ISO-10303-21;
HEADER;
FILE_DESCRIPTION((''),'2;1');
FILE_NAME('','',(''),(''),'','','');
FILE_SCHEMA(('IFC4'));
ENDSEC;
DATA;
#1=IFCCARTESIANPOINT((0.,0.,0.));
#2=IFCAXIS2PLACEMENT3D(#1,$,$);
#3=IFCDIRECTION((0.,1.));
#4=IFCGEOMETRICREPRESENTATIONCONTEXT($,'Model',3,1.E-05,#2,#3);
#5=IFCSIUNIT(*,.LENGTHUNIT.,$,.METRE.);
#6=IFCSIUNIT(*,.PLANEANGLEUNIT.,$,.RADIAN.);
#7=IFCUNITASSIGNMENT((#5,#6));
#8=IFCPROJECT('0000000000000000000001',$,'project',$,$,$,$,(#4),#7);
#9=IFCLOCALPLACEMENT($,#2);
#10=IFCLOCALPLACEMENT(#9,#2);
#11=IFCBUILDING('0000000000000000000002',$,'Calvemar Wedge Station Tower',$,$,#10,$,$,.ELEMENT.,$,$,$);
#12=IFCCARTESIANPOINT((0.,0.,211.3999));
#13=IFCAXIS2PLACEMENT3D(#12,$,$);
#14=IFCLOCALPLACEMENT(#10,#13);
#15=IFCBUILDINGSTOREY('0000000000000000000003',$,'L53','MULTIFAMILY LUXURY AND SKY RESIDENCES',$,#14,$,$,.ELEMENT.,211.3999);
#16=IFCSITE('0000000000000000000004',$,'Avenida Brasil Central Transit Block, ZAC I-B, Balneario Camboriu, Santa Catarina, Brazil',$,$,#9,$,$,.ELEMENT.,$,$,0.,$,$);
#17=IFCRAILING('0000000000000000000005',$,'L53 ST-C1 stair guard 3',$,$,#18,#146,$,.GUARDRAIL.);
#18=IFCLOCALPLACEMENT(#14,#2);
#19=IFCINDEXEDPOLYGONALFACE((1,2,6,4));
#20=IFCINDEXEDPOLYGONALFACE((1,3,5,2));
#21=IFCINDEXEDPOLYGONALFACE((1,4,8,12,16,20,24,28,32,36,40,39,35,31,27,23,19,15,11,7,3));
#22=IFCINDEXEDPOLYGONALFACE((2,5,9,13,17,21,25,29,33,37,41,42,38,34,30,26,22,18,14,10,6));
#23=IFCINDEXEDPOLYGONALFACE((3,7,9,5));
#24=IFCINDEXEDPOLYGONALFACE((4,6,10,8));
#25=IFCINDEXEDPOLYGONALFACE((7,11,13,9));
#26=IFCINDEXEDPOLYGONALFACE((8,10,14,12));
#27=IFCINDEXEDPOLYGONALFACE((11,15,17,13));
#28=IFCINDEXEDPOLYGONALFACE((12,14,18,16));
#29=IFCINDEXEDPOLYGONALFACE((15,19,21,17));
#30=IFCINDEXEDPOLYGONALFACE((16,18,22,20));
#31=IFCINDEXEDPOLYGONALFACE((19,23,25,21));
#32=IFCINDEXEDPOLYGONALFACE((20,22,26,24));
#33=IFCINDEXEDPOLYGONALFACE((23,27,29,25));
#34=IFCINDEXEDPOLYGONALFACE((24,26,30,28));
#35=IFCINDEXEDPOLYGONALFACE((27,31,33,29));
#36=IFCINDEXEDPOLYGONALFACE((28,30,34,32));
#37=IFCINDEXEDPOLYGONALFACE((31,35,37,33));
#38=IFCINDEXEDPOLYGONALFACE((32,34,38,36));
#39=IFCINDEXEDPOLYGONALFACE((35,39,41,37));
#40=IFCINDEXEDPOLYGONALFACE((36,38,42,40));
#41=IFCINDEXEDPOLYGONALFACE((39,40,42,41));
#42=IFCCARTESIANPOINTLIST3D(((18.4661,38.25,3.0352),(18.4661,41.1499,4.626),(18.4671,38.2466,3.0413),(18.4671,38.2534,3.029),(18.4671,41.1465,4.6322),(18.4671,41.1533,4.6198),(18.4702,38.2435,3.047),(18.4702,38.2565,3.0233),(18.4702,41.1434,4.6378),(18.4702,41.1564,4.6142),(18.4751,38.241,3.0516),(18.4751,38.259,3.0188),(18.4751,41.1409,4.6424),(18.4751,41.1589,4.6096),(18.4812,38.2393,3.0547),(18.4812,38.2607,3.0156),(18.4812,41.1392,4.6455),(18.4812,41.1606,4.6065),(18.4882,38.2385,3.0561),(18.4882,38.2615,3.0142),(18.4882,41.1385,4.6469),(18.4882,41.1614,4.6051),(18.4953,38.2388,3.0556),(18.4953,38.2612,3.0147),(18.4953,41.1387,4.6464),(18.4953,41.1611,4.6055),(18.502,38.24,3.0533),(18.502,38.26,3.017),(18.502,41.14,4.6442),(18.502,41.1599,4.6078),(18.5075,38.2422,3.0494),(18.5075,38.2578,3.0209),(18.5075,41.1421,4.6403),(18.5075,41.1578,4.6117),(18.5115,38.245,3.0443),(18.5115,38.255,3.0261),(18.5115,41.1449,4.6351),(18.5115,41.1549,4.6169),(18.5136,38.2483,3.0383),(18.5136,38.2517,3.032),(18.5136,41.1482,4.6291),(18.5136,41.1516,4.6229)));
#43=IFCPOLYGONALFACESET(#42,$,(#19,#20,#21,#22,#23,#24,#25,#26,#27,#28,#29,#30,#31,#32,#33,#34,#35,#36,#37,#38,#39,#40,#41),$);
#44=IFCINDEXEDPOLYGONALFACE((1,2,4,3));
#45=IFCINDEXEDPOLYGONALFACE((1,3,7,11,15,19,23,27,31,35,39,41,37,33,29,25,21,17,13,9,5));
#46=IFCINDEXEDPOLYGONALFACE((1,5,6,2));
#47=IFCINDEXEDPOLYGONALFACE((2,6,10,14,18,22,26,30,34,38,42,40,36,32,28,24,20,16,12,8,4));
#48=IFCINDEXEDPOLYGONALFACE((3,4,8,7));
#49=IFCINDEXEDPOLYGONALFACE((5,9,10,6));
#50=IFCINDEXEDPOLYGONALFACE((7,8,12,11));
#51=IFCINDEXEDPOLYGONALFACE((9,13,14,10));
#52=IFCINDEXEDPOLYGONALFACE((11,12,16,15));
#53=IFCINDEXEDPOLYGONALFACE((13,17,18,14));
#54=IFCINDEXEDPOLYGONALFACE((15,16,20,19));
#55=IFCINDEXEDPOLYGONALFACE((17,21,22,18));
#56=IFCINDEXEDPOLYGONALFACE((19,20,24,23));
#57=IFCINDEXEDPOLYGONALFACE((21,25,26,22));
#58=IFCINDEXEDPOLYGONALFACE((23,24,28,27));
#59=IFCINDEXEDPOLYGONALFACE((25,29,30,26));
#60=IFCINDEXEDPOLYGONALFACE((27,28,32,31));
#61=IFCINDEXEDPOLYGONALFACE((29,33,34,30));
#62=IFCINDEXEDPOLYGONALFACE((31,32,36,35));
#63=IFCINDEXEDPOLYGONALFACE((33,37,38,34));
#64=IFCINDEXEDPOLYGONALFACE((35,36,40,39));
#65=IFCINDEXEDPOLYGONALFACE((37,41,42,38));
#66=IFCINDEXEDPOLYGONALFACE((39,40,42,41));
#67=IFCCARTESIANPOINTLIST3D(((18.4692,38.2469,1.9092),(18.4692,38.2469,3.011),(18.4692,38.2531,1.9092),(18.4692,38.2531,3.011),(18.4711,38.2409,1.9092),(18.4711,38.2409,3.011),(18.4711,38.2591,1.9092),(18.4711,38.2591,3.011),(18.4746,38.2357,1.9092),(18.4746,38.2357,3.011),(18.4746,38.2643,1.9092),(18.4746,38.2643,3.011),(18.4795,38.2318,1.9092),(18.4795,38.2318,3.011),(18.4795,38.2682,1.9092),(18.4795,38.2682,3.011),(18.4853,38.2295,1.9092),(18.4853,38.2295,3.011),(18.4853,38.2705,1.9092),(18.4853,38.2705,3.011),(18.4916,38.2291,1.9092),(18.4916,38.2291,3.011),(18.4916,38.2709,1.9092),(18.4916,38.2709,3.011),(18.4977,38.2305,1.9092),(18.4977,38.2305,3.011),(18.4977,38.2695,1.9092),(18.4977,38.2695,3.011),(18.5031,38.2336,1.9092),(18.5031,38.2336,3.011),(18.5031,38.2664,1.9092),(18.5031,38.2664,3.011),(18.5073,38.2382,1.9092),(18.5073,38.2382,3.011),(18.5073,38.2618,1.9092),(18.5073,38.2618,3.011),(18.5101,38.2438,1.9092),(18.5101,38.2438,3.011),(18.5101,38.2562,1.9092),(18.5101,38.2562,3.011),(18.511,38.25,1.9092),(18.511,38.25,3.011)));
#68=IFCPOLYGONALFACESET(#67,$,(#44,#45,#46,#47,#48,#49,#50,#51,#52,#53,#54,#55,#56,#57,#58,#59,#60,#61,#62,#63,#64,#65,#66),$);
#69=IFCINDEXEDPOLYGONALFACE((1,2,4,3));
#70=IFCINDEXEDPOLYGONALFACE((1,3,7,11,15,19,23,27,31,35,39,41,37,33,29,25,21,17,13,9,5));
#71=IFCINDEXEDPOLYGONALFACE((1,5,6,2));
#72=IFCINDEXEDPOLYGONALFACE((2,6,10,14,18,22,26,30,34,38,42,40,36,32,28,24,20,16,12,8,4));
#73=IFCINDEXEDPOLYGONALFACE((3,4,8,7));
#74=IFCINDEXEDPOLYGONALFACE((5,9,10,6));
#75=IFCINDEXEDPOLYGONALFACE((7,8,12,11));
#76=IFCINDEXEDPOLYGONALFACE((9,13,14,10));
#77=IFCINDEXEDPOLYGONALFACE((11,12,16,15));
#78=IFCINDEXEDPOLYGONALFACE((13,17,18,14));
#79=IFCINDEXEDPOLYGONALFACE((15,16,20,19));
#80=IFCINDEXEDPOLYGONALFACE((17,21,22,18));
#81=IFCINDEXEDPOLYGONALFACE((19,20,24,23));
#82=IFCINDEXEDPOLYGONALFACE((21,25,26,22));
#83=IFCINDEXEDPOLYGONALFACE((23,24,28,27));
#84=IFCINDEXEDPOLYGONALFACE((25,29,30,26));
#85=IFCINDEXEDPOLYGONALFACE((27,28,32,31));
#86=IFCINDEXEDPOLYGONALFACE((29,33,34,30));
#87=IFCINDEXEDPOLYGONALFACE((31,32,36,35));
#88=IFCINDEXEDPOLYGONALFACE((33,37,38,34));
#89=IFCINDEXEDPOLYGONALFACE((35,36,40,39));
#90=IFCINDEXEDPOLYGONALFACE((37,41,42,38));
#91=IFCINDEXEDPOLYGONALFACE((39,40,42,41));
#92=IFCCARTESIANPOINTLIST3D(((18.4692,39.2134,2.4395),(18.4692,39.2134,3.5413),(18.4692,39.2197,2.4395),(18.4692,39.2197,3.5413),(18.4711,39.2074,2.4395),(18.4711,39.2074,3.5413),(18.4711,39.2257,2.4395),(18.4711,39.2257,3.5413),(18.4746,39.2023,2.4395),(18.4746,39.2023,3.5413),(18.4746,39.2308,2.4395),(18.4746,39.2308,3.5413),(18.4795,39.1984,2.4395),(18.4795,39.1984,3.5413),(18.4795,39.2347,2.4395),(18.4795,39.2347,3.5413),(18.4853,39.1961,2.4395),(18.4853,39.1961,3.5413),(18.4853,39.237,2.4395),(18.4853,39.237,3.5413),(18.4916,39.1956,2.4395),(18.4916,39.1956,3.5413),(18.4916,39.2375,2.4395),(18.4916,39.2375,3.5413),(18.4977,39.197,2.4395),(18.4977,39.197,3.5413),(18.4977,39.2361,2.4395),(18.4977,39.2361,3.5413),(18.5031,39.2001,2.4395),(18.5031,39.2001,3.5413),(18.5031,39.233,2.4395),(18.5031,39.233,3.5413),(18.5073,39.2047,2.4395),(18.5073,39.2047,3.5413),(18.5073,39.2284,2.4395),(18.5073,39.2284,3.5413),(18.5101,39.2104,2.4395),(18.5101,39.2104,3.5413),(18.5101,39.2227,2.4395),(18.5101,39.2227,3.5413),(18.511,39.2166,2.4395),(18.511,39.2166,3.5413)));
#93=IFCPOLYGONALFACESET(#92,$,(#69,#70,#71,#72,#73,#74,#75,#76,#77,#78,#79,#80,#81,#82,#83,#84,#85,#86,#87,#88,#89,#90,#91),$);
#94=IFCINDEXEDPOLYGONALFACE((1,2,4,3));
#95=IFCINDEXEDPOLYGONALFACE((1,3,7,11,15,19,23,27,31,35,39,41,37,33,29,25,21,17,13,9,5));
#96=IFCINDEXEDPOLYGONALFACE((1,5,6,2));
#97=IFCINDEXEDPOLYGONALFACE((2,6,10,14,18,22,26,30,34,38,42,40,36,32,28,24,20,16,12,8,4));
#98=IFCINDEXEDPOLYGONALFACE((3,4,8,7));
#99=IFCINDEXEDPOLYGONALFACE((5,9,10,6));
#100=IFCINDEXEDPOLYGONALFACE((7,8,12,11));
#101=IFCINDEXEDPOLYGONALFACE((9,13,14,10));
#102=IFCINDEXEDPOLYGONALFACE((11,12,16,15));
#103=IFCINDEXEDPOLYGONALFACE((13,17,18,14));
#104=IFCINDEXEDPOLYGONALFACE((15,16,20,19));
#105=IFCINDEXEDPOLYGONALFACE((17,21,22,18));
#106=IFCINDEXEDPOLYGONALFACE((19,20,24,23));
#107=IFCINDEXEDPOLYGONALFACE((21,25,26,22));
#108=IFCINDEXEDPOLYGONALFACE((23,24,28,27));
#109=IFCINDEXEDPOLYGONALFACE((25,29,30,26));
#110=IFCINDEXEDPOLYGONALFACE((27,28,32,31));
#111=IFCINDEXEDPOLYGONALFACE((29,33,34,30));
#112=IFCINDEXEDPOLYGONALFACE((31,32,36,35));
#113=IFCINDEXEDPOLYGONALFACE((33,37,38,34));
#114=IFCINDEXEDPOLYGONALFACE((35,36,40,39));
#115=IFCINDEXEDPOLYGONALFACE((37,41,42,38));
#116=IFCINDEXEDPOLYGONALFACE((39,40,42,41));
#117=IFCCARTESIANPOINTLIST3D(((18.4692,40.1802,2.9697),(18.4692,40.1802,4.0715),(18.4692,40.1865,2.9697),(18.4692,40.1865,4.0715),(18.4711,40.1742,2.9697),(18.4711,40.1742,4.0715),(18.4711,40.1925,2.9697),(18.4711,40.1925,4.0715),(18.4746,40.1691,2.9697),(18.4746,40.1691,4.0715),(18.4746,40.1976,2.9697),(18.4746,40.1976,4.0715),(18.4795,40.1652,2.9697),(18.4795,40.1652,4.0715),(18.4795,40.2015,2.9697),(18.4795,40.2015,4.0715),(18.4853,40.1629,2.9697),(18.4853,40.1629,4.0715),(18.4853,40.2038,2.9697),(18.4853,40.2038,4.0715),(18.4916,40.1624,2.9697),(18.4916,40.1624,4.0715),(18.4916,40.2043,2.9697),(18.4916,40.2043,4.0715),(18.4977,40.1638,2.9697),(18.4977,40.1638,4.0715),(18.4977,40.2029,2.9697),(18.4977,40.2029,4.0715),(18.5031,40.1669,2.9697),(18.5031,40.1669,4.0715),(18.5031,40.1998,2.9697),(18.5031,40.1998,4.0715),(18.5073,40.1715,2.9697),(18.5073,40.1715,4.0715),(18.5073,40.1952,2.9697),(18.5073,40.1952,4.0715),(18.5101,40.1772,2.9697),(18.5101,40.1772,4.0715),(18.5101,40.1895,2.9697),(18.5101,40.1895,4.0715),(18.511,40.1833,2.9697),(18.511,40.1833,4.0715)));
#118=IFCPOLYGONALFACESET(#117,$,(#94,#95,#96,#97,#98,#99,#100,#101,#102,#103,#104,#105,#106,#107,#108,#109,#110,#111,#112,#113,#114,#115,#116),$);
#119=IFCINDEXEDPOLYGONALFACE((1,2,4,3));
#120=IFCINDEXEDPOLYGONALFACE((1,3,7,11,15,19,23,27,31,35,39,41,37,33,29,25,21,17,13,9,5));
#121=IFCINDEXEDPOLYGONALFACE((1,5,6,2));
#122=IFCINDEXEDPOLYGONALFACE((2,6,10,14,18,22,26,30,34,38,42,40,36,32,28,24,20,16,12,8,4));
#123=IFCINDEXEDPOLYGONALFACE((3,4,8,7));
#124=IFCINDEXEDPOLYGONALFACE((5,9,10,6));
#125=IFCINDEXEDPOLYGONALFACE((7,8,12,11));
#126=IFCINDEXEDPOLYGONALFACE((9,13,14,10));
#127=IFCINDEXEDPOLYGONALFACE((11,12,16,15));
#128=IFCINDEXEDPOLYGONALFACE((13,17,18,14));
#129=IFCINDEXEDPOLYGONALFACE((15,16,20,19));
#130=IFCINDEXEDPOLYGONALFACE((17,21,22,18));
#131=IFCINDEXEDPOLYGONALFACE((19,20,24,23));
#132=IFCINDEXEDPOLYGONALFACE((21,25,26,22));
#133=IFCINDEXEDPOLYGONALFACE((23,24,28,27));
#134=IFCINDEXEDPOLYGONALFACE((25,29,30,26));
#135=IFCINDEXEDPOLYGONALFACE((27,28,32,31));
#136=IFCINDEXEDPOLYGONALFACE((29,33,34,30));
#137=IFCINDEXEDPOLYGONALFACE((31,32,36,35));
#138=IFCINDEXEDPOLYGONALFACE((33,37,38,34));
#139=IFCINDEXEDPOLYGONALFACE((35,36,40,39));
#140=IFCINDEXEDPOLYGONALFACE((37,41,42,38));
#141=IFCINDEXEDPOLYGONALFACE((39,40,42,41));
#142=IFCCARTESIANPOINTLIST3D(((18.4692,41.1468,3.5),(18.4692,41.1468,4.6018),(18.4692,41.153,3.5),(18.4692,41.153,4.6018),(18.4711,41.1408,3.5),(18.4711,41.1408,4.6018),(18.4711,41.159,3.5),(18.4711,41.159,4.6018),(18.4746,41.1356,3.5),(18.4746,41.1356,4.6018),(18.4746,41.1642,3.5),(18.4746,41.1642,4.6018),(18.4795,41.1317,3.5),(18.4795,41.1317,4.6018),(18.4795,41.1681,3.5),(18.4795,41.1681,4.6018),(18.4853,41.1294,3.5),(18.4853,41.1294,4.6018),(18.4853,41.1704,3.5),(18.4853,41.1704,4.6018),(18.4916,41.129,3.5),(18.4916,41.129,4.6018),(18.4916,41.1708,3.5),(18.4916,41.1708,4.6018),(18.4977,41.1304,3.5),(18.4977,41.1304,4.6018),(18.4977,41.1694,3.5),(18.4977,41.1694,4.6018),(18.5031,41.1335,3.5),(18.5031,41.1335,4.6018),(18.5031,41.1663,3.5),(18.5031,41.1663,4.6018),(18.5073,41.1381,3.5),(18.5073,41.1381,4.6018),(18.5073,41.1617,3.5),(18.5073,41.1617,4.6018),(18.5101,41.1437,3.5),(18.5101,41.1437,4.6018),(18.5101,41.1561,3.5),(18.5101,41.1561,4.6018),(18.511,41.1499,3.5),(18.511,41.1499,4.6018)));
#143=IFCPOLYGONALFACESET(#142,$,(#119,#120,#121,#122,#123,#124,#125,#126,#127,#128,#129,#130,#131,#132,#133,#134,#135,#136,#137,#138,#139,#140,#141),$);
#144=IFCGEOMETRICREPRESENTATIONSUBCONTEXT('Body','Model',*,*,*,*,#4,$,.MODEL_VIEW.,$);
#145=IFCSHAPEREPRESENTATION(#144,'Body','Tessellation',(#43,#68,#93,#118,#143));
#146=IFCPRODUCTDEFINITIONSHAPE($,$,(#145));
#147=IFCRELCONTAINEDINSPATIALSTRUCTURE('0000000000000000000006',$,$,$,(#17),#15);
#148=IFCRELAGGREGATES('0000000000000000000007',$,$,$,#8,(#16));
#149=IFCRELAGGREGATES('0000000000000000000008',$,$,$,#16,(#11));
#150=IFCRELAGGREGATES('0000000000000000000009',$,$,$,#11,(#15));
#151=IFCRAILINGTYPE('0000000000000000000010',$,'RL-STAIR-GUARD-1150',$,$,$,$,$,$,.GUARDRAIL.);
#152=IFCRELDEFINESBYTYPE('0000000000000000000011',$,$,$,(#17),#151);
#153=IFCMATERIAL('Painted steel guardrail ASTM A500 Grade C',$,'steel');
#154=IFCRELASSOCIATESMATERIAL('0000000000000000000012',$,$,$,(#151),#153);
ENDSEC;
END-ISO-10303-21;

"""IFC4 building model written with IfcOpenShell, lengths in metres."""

from ifc_helpers import new_model, si_unit, direction, frame, origin, origin_2d, place, context, subcontext, project, spatial, circle, extrude, material, type_object, element, save


model = new_model("IFC4")

# Units and contexts
model_context = context("Model", 3, precision=1e-05, world=origin(), true_north=direction((0.0, 1.0)))
body_context = subcontext(model_context, "Body", "Model", "MODEL_VIEW")
ifc_project = project(units=[si_unit("LENGTHUNIT", "METRE"), si_unit("PLANEANGLEUNIT", "RADIAN")], contexts=[model_context])

# Site, building, storey
site_placement = place(None, origin())
site = spatial("IfcSite", under=ifc_project, at=site_placement, Name="Avenida Brasil Central Transit Block, ZAC I-B, Balneario Camboriu, Santa Catarina, Brazil", CompositionType="ELEMENT", RefElevation=0.0)
building_placement = place(site_placement, origin())
building = spatial("IfcBuilding", under=site, at=building_placement, Name="Calvemar Wedge Station Tower", CompositionType="ELEMENT")
storey_placement = place(building_placement, frame((0.0, 0.0, 211.3999)))
storey = spatial("IfcBuildingStorey", under=building, at=storey_placement, Name="L53", Description="MULTIFAMILY LUXURY AND SKY RESIDENCES", CompositionType="ELEMENT", Elevation=211.3999)

# Railing
ifc_material_1 = material(Name="Painted steel guardrail ASTM A500 Grade C", Category="steel")
railing_type_1 = type_object("IfcRailingType", Name="RL-STAIR-GUARD-1150", PredefinedType="GUARDRAIL", material=ifc_material_1)
railing_1_placement = place(storey_placement, frame((18.49, 38.25, 1.9092)))
element("IfcRailing", 1, at=railing_1_placement, inside=storey, type_object=railing_type_1, Name="L53 ST-C1 stair guard 3", PredefinedType="GUARDRAIL", context=body_context, shape_type="SweptSolid", body=[
    extrude(circle(Radius=0.0239, at=origin_2d()), frame((0.0, 0.0, 1.126), z_axis=(0.0, 0.876742, 0.480961), x_axis=(-1.0, 0.0, 0.0)), (0.0, 0.0, 1.0), 3.3076),
    extrude(circle(Radius=0.021, at=origin_2d()), origin(), (0.0, 0.0, 1.0), 1.1018),
    extrude(circle(Radius=0.021, at=origin_2d()), frame((0.0, 0.9666, 0.5303)), (0.0, 0.0, 1.0), 1.1018),
    extrude(circle(Radius=0.021, at=origin_2d()), frame((0.0, 1.9333, 1.0605)), (0.0, 0.0, 1.0), 1.1018),
    extrude(circle(Radius=0.021, at=origin_2d()), frame((0.0, 2.8999, 1.5908)), (0.0, 0.0, 1.0), 1.1018),
])

save(model, "model.ifc")
